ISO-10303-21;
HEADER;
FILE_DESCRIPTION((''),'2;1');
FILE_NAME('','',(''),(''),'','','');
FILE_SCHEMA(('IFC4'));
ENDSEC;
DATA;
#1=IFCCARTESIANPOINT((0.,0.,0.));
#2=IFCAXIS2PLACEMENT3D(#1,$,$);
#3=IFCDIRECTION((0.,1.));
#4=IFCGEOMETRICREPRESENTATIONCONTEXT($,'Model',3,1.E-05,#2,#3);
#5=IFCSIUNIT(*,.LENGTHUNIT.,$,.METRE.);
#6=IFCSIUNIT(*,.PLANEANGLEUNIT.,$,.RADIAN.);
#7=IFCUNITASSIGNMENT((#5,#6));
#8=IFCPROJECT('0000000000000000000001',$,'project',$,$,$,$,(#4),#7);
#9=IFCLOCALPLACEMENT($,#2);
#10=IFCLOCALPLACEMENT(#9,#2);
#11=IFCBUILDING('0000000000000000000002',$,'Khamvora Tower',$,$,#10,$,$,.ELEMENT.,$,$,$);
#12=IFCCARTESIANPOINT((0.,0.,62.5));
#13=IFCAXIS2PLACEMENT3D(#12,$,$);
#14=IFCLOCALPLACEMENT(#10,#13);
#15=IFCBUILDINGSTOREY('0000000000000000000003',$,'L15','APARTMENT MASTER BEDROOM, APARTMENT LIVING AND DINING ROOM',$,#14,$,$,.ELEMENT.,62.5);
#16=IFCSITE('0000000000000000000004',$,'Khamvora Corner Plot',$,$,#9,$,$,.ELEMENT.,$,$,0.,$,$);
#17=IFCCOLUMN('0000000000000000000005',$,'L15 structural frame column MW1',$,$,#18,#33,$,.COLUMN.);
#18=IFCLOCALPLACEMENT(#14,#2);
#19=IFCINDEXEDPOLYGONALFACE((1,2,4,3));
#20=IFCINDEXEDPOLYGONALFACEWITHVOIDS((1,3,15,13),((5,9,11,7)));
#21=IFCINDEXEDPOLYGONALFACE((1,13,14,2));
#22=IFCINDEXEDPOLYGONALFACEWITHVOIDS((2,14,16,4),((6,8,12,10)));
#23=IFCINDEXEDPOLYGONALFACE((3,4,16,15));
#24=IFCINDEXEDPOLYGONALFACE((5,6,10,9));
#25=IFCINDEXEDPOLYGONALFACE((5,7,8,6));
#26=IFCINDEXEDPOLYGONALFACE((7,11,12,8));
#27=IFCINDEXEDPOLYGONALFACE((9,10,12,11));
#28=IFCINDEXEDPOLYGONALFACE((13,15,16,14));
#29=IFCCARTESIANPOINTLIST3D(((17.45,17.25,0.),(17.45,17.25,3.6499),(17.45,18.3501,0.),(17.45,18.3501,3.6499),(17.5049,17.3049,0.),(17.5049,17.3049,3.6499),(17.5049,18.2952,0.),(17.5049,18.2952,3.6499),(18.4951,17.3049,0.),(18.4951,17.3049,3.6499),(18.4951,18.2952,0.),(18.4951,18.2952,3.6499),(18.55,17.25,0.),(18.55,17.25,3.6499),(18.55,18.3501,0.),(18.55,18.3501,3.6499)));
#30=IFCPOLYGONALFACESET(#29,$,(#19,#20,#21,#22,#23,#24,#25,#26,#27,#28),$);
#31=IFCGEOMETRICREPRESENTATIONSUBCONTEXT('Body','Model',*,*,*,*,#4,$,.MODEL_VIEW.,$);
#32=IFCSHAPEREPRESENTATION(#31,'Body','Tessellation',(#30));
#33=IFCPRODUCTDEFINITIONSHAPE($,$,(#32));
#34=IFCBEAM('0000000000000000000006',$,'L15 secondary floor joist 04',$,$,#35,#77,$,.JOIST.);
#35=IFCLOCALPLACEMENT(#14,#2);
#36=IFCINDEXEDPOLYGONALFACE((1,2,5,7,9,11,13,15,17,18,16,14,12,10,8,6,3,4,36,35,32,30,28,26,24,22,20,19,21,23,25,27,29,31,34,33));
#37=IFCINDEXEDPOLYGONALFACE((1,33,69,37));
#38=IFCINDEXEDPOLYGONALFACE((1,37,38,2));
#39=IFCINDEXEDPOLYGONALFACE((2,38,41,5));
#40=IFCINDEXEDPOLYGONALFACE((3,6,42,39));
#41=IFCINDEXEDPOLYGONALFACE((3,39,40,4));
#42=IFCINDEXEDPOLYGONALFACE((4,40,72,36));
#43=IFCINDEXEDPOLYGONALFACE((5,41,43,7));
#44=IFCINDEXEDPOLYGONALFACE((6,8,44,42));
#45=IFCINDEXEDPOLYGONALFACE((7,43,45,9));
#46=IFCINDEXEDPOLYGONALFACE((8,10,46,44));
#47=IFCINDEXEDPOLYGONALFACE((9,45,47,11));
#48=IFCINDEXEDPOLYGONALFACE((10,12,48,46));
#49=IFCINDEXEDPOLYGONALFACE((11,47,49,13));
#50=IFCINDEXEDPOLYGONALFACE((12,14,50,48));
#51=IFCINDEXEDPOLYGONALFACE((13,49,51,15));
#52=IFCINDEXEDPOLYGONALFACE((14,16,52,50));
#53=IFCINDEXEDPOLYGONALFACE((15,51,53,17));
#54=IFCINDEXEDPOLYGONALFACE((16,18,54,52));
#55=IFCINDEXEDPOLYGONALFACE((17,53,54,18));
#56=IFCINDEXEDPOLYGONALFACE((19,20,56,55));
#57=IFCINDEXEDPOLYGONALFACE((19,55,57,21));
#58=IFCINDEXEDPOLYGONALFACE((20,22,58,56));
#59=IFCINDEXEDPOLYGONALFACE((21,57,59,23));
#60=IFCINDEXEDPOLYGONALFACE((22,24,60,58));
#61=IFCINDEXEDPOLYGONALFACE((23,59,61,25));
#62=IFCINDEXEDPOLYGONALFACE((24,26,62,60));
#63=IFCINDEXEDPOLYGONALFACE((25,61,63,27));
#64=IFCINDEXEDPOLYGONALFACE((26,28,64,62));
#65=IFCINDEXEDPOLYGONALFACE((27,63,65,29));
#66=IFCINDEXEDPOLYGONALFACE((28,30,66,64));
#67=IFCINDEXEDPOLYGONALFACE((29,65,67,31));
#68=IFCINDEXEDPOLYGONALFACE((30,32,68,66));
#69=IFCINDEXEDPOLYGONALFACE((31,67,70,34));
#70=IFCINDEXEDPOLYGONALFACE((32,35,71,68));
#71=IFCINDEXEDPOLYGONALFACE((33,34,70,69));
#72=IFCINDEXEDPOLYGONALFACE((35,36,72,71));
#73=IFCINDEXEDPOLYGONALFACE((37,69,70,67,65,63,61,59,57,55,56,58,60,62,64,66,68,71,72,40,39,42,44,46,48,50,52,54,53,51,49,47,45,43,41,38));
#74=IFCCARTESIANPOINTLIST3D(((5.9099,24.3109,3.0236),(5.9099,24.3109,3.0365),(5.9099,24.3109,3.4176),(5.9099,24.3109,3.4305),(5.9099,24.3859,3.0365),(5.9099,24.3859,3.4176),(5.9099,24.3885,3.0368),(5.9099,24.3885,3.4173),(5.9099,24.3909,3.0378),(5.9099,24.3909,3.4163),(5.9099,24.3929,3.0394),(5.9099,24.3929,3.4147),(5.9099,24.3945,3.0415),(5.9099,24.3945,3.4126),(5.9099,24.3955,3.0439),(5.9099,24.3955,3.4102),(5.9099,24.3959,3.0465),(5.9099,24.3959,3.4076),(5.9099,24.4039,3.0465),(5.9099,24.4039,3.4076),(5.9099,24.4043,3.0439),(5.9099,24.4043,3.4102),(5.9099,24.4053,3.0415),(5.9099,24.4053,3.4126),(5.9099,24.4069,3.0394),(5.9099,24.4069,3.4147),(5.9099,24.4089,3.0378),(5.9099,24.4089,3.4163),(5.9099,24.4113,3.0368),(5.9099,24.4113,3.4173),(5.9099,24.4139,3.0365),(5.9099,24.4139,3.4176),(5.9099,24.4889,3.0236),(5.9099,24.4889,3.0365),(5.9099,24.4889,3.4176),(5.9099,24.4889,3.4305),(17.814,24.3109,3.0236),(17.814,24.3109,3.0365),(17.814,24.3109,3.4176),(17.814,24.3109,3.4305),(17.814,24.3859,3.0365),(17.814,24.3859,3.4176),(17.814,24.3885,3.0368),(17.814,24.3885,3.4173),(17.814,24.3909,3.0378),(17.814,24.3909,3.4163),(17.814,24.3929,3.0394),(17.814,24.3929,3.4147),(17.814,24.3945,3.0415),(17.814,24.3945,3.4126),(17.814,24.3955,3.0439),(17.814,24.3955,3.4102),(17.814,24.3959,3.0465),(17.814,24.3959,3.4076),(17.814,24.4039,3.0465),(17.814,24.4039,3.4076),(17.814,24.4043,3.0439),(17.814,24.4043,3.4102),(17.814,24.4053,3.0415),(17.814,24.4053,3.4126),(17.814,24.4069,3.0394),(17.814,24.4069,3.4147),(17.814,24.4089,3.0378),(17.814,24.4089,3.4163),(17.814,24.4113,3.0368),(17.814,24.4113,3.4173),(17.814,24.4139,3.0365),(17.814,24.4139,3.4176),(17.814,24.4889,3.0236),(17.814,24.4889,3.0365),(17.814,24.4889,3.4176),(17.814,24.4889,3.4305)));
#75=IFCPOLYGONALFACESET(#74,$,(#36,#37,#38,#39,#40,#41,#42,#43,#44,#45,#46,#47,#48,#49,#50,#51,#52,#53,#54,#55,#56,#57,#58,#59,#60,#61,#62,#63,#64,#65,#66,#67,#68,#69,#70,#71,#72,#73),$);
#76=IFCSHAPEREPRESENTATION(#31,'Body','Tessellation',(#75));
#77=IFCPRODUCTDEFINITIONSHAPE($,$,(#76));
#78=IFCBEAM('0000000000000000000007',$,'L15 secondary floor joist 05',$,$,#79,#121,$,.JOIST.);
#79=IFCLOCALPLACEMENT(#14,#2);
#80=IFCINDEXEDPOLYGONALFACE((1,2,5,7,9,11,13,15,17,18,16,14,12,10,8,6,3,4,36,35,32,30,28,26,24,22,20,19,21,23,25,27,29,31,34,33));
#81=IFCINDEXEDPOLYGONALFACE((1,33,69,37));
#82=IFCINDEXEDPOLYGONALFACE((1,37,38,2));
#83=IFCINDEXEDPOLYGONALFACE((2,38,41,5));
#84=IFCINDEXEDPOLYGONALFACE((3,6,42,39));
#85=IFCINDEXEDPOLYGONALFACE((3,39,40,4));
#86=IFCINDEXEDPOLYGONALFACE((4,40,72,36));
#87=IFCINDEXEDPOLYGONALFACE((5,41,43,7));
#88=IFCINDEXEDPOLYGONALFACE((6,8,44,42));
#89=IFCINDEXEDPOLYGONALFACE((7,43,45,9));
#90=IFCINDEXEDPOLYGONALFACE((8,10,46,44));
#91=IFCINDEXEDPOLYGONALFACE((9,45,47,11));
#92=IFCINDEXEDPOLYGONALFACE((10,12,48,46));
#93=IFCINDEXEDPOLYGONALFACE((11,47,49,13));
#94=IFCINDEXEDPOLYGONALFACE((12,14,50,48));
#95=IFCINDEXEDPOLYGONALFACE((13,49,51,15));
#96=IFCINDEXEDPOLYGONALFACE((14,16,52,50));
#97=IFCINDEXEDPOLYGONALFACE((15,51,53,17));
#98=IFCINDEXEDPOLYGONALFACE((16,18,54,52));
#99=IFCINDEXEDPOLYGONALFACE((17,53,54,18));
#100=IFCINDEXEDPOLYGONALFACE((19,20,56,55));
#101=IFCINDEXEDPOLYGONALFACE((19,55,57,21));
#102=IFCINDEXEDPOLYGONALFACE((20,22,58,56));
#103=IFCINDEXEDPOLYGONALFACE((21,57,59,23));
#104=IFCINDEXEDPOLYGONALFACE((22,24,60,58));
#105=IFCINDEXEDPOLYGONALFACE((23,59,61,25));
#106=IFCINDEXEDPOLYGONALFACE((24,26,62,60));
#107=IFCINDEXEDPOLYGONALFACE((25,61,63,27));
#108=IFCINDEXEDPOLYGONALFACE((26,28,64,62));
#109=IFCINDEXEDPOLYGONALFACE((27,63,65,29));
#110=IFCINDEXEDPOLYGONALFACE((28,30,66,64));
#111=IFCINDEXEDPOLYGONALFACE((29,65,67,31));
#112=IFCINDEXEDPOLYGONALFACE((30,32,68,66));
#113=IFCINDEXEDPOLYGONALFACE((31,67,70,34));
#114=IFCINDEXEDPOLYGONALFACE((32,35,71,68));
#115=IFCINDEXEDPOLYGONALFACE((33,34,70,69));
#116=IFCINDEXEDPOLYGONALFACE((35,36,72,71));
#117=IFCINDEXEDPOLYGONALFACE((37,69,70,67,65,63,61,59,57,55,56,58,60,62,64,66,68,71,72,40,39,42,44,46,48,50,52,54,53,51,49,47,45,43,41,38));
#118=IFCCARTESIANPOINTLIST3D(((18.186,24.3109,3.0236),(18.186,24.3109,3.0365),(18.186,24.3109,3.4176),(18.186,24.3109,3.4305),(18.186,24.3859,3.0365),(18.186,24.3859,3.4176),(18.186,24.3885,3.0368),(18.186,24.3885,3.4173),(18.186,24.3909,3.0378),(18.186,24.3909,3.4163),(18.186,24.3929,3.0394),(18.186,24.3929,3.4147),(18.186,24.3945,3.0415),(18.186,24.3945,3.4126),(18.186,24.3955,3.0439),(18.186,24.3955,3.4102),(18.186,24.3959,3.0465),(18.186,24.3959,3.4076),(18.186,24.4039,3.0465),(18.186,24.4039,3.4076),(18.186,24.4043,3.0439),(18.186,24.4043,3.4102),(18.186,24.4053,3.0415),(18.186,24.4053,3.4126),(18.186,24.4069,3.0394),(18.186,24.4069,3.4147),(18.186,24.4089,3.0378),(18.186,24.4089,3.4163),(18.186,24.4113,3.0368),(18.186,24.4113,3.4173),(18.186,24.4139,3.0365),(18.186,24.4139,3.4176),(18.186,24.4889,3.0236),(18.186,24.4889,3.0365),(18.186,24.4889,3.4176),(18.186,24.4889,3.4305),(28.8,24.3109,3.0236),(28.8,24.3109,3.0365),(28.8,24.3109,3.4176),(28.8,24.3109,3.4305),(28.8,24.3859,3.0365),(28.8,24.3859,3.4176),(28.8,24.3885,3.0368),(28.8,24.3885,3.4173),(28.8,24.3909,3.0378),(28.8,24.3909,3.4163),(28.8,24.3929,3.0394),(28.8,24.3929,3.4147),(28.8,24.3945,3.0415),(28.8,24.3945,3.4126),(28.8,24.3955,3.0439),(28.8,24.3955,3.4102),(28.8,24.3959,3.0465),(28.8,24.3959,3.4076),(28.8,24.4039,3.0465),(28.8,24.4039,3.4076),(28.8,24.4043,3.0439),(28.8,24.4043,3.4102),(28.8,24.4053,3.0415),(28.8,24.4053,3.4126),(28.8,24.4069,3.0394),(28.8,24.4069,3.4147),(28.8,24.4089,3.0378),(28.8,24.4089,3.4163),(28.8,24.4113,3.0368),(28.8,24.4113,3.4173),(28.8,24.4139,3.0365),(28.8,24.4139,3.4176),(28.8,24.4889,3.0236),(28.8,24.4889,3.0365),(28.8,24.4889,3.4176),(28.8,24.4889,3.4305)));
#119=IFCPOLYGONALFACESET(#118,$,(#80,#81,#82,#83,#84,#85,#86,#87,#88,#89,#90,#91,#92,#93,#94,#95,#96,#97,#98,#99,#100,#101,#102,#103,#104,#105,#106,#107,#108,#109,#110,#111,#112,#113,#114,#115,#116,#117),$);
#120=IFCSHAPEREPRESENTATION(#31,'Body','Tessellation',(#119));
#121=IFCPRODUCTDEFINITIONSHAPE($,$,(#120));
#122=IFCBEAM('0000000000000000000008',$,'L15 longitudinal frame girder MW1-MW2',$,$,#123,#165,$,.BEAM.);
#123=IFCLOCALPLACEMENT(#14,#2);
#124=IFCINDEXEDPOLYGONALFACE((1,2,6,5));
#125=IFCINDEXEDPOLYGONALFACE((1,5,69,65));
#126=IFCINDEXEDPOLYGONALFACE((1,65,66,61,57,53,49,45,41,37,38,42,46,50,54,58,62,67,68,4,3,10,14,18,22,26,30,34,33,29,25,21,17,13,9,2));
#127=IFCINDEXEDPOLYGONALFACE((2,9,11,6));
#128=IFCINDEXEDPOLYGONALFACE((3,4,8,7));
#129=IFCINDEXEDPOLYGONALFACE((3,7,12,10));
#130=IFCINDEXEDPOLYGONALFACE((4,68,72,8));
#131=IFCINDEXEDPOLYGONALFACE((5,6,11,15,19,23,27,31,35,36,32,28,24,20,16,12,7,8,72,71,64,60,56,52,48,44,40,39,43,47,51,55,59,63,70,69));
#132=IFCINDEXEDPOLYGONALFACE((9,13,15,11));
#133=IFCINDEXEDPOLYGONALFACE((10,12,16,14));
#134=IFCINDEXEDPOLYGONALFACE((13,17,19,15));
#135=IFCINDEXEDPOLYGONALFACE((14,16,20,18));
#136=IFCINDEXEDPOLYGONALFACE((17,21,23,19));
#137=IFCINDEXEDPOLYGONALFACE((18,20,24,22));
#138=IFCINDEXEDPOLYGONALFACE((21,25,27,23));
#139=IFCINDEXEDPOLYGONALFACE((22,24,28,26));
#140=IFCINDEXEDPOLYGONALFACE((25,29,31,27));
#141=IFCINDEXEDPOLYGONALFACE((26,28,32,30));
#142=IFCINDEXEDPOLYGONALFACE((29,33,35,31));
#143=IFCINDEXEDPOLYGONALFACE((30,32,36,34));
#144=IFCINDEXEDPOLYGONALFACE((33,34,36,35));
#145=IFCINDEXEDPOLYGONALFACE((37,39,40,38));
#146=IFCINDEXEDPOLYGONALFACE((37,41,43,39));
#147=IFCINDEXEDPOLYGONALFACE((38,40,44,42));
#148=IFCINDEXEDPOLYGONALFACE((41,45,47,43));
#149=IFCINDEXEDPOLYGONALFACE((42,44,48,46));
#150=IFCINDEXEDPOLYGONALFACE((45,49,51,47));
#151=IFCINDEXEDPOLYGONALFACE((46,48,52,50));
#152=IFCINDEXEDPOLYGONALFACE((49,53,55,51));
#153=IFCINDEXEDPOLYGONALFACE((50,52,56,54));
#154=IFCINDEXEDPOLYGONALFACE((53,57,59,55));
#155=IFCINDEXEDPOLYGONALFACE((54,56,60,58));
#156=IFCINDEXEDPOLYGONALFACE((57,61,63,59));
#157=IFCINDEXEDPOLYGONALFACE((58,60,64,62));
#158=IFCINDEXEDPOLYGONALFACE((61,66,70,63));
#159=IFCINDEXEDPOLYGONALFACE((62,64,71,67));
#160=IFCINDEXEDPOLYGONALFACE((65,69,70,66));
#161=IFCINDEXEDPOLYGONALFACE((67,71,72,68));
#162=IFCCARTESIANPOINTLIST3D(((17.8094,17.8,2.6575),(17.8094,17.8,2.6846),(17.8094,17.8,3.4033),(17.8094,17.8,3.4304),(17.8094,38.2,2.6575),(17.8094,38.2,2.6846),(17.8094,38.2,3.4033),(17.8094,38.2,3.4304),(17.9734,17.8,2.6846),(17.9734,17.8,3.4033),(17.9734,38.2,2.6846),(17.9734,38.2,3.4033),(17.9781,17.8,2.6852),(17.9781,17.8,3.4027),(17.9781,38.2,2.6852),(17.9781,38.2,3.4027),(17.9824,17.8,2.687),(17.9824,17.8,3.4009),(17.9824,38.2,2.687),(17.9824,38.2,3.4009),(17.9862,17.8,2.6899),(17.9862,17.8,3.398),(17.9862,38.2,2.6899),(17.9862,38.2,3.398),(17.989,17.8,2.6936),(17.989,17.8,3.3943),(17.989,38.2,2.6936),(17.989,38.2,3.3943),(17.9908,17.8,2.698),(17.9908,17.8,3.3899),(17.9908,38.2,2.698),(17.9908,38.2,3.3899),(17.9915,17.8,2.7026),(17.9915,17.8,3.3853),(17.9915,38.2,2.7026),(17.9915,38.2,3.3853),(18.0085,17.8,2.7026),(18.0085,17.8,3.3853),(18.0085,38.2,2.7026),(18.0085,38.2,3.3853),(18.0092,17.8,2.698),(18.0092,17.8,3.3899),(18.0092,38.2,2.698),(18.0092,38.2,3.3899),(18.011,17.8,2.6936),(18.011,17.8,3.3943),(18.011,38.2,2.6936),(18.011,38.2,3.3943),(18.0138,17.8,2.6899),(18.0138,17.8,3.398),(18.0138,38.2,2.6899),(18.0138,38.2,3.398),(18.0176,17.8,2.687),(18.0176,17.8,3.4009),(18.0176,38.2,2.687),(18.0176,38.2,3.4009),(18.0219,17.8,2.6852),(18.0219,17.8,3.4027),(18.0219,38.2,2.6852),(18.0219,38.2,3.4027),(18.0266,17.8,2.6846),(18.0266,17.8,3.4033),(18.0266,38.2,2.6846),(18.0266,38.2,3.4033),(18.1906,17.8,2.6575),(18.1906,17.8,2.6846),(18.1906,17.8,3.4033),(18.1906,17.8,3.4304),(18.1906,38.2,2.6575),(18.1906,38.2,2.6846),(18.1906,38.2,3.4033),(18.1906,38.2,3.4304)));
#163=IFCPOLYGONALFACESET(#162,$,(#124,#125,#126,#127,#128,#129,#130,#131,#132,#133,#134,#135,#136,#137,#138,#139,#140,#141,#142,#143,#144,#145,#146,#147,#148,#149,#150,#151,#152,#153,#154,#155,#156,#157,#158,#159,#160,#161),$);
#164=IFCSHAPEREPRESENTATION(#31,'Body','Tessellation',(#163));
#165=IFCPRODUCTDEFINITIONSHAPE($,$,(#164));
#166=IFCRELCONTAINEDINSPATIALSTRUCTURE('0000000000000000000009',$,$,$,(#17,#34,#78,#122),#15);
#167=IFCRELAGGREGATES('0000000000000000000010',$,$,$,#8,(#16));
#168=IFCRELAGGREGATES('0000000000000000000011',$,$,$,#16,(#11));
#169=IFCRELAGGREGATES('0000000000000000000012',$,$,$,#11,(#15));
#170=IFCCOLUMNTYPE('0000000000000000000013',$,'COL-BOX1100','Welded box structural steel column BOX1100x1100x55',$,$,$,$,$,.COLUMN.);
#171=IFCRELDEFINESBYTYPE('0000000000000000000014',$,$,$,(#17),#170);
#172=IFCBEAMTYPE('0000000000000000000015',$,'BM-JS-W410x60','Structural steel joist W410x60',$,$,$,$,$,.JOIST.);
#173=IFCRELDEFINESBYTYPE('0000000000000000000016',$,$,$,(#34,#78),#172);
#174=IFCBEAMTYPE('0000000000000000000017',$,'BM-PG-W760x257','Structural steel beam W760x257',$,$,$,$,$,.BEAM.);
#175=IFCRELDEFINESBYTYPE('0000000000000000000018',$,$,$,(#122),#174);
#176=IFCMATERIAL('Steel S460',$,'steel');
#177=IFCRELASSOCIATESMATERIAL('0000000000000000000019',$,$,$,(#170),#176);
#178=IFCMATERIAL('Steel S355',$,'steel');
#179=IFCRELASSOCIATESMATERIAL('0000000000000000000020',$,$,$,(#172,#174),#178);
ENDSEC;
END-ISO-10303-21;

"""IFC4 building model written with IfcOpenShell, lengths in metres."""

from ifc_helpers import new_model, si_unit, direction, frame, origin, origin_2d, place, context, subcontext, project, spatial, hollow_rectangle, i_section, extrude, material, material_profile, profile_set, type_object, element, save


model = new_model("IFC4")

# Units and contexts
model_context = context("Model", 3, precision=1e-05, world=origin(), true_north=direction((0.0, 1.0)))
body_context = subcontext(model_context, "Body", "Model", "MODEL_VIEW")
ifc_project = project(units=[si_unit("LENGTHUNIT", "METRE"), si_unit("PLANEANGLEUNIT", "RADIAN")], contexts=[model_context])

# Site, building, storey
site_placement = place(None, origin())
site = spatial("IfcSite", under=ifc_project, at=site_placement, Name="Khamvora Corner Plot", CompositionType="ELEMENT", RefElevation=0.0)
building_placement = place(site_placement, origin())
building = spatial("IfcBuilding", under=site, at=building_placement, Name="Khamvora Tower", CompositionType="ELEMENT")
storey_placement = place(building_placement, frame((0.0, 0.0, 62.5)))
storey = spatial("IfcBuildingStorey", under=building, at=storey_placement, Name="L15", Description="APARTMENT MASTER BEDROOM, APARTMENT LIVING AND DINING ROOM", CompositionType="ELEMENT", Elevation=62.5)

# Column
ifc_material_1 = material(Name="Steel S460", Category="steel")
ifc_material_profile_1 = material_profile(ifc_material_1, hollow_rectangle(XDim=1.1001, YDim=1.1001, WallThickness=0.0549, at=origin_2d()), Name="BOX1100x1100x55")
ifc_profile_set_1 = profile_set([ifc_material_profile_1], Name="Steel S460")
column_type = type_object("IfcColumnType", Name="COL-BOX1100", Description="Welded box structural steel column BOX1100x1100x55", PredefinedType="COLUMN", material=ifc_profile_set_1)
column_placement = place(storey_placement, frame((18.0, 17.8, 0.0), z_axis=(0.0, 0.0, 1.0), x_axis=(1.0, 0.0, 0.0)))
element("IfcColumn", 1, at=column_placement, inside=storey, type_object=column_type, Name="L15 structural frame column MW1", PredefinedType="COLUMN", context=body_context, shape_type="SweptSolid", body=[
    extrude(hollow_rectangle(XDim=1.1001, YDim=1.1001, WallThickness=0.0549, at=origin_2d()), origin(), (0.0, 0.0, 1.0), 3.6499),
])

# Beams
ifc_material_2 = material(Name="Steel S355", Category="steel")
ifc_material_profile_2 = material_profile(ifc_material_2, i_section(OverallWidth=0.178, OverallDepth=0.407, WebThickness=0.0081, FlangeThickness=0.0129, FilletRadius=0.01, at=origin_2d()), Name="W410x60")
ifc_profile_set_2 = profile_set([ifc_material_profile_2], Name="Steel S355")
beam_type_1 = type_object("IfcBeamType", Name="BM-JS-W410x60", Description="Structural steel joist W410x60", PredefinedType="JOIST", material=ifc_profile_set_2)
beam_1_placement = place(storey_placement, frame((5.9099, 24.3999, 3.2271), z_axis=(1.0, 0.0, 0.0), x_axis=(0.0, 1.0, 0.0)))
element("IfcBeam", 2, at=beam_1_placement, inside=storey, type_object=beam_type_1, Name="L15 secondary floor joist 04", PredefinedType="JOIST", context=body_context, shape_type="SweptSolid", body=[
    extrude(i_section(OverallWidth=0.178, OverallDepth=0.407, WebThickness=0.0081, FlangeThickness=0.0129, FilletRadius=0.01, at=origin_2d()), origin(), (0.0, 0.0, 1.0), 11.9041),
])
beam_2_placement = place(storey_placement, frame((18.186, 24.3999, 3.2271), z_axis=(1.0, 0.0, 0.0), x_axis=(0.0, 1.0, 0.0)))
element("IfcBeam", 3, at=beam_2_placement, inside=storey, type_object=beam_type_1, Name="L15 secondary floor joist 05", PredefinedType="JOIST", context=body_context, shape_type="SweptSolid", body=[
    extrude(i_section(OverallWidth=0.178, OverallDepth=0.407, WebThickness=0.0081, FlangeThickness=0.0129, FilletRadius=0.01, at=origin_2d()), origin(), (0.0, 0.0, 1.0), 10.614),
])
ifc_material_profile_3 = material_profile(ifc_material_2, i_section(OverallWidth=0.3811, OverallDepth=0.7729, WebThickness=0.0171, FlangeThickness=0.0271, FilletRadius=0.0181, at=origin_2d()), Name="W760x257")
ifc_profile_set_3 = profile_set([ifc_material_profile_3], Name="Steel S355")
beam_type_2 = type_object("IfcBeamType", Name="BM-PG-W760x257", Description="Structural steel beam W760x257", PredefinedType="BEAM", material=ifc_profile_set_3)
beam_3_placement = place(storey_placement, frame((18.0, 17.8, 3.0439), z_axis=(0.0, 1.0, 0.0), x_axis=(-1.0, 0.0, 0.0)))
element("IfcBeam", 4, at=beam_3_placement, inside=storey, type_object=beam_type_2, Name="L15 longitudinal frame girder MW1-MW2", PredefinedType="BEAM", context=body_context, shape_type="SweptSolid", body=[
    extrude(i_section(OverallWidth=0.3811, OverallDepth=0.7729, WebThickness=0.0171, FlangeThickness=0.0271, FilletRadius=0.0181, at=origin_2d()), origin(), (0.0, 0.0, 1.0), 20.3999),
])

save(model, "model.ifc")
